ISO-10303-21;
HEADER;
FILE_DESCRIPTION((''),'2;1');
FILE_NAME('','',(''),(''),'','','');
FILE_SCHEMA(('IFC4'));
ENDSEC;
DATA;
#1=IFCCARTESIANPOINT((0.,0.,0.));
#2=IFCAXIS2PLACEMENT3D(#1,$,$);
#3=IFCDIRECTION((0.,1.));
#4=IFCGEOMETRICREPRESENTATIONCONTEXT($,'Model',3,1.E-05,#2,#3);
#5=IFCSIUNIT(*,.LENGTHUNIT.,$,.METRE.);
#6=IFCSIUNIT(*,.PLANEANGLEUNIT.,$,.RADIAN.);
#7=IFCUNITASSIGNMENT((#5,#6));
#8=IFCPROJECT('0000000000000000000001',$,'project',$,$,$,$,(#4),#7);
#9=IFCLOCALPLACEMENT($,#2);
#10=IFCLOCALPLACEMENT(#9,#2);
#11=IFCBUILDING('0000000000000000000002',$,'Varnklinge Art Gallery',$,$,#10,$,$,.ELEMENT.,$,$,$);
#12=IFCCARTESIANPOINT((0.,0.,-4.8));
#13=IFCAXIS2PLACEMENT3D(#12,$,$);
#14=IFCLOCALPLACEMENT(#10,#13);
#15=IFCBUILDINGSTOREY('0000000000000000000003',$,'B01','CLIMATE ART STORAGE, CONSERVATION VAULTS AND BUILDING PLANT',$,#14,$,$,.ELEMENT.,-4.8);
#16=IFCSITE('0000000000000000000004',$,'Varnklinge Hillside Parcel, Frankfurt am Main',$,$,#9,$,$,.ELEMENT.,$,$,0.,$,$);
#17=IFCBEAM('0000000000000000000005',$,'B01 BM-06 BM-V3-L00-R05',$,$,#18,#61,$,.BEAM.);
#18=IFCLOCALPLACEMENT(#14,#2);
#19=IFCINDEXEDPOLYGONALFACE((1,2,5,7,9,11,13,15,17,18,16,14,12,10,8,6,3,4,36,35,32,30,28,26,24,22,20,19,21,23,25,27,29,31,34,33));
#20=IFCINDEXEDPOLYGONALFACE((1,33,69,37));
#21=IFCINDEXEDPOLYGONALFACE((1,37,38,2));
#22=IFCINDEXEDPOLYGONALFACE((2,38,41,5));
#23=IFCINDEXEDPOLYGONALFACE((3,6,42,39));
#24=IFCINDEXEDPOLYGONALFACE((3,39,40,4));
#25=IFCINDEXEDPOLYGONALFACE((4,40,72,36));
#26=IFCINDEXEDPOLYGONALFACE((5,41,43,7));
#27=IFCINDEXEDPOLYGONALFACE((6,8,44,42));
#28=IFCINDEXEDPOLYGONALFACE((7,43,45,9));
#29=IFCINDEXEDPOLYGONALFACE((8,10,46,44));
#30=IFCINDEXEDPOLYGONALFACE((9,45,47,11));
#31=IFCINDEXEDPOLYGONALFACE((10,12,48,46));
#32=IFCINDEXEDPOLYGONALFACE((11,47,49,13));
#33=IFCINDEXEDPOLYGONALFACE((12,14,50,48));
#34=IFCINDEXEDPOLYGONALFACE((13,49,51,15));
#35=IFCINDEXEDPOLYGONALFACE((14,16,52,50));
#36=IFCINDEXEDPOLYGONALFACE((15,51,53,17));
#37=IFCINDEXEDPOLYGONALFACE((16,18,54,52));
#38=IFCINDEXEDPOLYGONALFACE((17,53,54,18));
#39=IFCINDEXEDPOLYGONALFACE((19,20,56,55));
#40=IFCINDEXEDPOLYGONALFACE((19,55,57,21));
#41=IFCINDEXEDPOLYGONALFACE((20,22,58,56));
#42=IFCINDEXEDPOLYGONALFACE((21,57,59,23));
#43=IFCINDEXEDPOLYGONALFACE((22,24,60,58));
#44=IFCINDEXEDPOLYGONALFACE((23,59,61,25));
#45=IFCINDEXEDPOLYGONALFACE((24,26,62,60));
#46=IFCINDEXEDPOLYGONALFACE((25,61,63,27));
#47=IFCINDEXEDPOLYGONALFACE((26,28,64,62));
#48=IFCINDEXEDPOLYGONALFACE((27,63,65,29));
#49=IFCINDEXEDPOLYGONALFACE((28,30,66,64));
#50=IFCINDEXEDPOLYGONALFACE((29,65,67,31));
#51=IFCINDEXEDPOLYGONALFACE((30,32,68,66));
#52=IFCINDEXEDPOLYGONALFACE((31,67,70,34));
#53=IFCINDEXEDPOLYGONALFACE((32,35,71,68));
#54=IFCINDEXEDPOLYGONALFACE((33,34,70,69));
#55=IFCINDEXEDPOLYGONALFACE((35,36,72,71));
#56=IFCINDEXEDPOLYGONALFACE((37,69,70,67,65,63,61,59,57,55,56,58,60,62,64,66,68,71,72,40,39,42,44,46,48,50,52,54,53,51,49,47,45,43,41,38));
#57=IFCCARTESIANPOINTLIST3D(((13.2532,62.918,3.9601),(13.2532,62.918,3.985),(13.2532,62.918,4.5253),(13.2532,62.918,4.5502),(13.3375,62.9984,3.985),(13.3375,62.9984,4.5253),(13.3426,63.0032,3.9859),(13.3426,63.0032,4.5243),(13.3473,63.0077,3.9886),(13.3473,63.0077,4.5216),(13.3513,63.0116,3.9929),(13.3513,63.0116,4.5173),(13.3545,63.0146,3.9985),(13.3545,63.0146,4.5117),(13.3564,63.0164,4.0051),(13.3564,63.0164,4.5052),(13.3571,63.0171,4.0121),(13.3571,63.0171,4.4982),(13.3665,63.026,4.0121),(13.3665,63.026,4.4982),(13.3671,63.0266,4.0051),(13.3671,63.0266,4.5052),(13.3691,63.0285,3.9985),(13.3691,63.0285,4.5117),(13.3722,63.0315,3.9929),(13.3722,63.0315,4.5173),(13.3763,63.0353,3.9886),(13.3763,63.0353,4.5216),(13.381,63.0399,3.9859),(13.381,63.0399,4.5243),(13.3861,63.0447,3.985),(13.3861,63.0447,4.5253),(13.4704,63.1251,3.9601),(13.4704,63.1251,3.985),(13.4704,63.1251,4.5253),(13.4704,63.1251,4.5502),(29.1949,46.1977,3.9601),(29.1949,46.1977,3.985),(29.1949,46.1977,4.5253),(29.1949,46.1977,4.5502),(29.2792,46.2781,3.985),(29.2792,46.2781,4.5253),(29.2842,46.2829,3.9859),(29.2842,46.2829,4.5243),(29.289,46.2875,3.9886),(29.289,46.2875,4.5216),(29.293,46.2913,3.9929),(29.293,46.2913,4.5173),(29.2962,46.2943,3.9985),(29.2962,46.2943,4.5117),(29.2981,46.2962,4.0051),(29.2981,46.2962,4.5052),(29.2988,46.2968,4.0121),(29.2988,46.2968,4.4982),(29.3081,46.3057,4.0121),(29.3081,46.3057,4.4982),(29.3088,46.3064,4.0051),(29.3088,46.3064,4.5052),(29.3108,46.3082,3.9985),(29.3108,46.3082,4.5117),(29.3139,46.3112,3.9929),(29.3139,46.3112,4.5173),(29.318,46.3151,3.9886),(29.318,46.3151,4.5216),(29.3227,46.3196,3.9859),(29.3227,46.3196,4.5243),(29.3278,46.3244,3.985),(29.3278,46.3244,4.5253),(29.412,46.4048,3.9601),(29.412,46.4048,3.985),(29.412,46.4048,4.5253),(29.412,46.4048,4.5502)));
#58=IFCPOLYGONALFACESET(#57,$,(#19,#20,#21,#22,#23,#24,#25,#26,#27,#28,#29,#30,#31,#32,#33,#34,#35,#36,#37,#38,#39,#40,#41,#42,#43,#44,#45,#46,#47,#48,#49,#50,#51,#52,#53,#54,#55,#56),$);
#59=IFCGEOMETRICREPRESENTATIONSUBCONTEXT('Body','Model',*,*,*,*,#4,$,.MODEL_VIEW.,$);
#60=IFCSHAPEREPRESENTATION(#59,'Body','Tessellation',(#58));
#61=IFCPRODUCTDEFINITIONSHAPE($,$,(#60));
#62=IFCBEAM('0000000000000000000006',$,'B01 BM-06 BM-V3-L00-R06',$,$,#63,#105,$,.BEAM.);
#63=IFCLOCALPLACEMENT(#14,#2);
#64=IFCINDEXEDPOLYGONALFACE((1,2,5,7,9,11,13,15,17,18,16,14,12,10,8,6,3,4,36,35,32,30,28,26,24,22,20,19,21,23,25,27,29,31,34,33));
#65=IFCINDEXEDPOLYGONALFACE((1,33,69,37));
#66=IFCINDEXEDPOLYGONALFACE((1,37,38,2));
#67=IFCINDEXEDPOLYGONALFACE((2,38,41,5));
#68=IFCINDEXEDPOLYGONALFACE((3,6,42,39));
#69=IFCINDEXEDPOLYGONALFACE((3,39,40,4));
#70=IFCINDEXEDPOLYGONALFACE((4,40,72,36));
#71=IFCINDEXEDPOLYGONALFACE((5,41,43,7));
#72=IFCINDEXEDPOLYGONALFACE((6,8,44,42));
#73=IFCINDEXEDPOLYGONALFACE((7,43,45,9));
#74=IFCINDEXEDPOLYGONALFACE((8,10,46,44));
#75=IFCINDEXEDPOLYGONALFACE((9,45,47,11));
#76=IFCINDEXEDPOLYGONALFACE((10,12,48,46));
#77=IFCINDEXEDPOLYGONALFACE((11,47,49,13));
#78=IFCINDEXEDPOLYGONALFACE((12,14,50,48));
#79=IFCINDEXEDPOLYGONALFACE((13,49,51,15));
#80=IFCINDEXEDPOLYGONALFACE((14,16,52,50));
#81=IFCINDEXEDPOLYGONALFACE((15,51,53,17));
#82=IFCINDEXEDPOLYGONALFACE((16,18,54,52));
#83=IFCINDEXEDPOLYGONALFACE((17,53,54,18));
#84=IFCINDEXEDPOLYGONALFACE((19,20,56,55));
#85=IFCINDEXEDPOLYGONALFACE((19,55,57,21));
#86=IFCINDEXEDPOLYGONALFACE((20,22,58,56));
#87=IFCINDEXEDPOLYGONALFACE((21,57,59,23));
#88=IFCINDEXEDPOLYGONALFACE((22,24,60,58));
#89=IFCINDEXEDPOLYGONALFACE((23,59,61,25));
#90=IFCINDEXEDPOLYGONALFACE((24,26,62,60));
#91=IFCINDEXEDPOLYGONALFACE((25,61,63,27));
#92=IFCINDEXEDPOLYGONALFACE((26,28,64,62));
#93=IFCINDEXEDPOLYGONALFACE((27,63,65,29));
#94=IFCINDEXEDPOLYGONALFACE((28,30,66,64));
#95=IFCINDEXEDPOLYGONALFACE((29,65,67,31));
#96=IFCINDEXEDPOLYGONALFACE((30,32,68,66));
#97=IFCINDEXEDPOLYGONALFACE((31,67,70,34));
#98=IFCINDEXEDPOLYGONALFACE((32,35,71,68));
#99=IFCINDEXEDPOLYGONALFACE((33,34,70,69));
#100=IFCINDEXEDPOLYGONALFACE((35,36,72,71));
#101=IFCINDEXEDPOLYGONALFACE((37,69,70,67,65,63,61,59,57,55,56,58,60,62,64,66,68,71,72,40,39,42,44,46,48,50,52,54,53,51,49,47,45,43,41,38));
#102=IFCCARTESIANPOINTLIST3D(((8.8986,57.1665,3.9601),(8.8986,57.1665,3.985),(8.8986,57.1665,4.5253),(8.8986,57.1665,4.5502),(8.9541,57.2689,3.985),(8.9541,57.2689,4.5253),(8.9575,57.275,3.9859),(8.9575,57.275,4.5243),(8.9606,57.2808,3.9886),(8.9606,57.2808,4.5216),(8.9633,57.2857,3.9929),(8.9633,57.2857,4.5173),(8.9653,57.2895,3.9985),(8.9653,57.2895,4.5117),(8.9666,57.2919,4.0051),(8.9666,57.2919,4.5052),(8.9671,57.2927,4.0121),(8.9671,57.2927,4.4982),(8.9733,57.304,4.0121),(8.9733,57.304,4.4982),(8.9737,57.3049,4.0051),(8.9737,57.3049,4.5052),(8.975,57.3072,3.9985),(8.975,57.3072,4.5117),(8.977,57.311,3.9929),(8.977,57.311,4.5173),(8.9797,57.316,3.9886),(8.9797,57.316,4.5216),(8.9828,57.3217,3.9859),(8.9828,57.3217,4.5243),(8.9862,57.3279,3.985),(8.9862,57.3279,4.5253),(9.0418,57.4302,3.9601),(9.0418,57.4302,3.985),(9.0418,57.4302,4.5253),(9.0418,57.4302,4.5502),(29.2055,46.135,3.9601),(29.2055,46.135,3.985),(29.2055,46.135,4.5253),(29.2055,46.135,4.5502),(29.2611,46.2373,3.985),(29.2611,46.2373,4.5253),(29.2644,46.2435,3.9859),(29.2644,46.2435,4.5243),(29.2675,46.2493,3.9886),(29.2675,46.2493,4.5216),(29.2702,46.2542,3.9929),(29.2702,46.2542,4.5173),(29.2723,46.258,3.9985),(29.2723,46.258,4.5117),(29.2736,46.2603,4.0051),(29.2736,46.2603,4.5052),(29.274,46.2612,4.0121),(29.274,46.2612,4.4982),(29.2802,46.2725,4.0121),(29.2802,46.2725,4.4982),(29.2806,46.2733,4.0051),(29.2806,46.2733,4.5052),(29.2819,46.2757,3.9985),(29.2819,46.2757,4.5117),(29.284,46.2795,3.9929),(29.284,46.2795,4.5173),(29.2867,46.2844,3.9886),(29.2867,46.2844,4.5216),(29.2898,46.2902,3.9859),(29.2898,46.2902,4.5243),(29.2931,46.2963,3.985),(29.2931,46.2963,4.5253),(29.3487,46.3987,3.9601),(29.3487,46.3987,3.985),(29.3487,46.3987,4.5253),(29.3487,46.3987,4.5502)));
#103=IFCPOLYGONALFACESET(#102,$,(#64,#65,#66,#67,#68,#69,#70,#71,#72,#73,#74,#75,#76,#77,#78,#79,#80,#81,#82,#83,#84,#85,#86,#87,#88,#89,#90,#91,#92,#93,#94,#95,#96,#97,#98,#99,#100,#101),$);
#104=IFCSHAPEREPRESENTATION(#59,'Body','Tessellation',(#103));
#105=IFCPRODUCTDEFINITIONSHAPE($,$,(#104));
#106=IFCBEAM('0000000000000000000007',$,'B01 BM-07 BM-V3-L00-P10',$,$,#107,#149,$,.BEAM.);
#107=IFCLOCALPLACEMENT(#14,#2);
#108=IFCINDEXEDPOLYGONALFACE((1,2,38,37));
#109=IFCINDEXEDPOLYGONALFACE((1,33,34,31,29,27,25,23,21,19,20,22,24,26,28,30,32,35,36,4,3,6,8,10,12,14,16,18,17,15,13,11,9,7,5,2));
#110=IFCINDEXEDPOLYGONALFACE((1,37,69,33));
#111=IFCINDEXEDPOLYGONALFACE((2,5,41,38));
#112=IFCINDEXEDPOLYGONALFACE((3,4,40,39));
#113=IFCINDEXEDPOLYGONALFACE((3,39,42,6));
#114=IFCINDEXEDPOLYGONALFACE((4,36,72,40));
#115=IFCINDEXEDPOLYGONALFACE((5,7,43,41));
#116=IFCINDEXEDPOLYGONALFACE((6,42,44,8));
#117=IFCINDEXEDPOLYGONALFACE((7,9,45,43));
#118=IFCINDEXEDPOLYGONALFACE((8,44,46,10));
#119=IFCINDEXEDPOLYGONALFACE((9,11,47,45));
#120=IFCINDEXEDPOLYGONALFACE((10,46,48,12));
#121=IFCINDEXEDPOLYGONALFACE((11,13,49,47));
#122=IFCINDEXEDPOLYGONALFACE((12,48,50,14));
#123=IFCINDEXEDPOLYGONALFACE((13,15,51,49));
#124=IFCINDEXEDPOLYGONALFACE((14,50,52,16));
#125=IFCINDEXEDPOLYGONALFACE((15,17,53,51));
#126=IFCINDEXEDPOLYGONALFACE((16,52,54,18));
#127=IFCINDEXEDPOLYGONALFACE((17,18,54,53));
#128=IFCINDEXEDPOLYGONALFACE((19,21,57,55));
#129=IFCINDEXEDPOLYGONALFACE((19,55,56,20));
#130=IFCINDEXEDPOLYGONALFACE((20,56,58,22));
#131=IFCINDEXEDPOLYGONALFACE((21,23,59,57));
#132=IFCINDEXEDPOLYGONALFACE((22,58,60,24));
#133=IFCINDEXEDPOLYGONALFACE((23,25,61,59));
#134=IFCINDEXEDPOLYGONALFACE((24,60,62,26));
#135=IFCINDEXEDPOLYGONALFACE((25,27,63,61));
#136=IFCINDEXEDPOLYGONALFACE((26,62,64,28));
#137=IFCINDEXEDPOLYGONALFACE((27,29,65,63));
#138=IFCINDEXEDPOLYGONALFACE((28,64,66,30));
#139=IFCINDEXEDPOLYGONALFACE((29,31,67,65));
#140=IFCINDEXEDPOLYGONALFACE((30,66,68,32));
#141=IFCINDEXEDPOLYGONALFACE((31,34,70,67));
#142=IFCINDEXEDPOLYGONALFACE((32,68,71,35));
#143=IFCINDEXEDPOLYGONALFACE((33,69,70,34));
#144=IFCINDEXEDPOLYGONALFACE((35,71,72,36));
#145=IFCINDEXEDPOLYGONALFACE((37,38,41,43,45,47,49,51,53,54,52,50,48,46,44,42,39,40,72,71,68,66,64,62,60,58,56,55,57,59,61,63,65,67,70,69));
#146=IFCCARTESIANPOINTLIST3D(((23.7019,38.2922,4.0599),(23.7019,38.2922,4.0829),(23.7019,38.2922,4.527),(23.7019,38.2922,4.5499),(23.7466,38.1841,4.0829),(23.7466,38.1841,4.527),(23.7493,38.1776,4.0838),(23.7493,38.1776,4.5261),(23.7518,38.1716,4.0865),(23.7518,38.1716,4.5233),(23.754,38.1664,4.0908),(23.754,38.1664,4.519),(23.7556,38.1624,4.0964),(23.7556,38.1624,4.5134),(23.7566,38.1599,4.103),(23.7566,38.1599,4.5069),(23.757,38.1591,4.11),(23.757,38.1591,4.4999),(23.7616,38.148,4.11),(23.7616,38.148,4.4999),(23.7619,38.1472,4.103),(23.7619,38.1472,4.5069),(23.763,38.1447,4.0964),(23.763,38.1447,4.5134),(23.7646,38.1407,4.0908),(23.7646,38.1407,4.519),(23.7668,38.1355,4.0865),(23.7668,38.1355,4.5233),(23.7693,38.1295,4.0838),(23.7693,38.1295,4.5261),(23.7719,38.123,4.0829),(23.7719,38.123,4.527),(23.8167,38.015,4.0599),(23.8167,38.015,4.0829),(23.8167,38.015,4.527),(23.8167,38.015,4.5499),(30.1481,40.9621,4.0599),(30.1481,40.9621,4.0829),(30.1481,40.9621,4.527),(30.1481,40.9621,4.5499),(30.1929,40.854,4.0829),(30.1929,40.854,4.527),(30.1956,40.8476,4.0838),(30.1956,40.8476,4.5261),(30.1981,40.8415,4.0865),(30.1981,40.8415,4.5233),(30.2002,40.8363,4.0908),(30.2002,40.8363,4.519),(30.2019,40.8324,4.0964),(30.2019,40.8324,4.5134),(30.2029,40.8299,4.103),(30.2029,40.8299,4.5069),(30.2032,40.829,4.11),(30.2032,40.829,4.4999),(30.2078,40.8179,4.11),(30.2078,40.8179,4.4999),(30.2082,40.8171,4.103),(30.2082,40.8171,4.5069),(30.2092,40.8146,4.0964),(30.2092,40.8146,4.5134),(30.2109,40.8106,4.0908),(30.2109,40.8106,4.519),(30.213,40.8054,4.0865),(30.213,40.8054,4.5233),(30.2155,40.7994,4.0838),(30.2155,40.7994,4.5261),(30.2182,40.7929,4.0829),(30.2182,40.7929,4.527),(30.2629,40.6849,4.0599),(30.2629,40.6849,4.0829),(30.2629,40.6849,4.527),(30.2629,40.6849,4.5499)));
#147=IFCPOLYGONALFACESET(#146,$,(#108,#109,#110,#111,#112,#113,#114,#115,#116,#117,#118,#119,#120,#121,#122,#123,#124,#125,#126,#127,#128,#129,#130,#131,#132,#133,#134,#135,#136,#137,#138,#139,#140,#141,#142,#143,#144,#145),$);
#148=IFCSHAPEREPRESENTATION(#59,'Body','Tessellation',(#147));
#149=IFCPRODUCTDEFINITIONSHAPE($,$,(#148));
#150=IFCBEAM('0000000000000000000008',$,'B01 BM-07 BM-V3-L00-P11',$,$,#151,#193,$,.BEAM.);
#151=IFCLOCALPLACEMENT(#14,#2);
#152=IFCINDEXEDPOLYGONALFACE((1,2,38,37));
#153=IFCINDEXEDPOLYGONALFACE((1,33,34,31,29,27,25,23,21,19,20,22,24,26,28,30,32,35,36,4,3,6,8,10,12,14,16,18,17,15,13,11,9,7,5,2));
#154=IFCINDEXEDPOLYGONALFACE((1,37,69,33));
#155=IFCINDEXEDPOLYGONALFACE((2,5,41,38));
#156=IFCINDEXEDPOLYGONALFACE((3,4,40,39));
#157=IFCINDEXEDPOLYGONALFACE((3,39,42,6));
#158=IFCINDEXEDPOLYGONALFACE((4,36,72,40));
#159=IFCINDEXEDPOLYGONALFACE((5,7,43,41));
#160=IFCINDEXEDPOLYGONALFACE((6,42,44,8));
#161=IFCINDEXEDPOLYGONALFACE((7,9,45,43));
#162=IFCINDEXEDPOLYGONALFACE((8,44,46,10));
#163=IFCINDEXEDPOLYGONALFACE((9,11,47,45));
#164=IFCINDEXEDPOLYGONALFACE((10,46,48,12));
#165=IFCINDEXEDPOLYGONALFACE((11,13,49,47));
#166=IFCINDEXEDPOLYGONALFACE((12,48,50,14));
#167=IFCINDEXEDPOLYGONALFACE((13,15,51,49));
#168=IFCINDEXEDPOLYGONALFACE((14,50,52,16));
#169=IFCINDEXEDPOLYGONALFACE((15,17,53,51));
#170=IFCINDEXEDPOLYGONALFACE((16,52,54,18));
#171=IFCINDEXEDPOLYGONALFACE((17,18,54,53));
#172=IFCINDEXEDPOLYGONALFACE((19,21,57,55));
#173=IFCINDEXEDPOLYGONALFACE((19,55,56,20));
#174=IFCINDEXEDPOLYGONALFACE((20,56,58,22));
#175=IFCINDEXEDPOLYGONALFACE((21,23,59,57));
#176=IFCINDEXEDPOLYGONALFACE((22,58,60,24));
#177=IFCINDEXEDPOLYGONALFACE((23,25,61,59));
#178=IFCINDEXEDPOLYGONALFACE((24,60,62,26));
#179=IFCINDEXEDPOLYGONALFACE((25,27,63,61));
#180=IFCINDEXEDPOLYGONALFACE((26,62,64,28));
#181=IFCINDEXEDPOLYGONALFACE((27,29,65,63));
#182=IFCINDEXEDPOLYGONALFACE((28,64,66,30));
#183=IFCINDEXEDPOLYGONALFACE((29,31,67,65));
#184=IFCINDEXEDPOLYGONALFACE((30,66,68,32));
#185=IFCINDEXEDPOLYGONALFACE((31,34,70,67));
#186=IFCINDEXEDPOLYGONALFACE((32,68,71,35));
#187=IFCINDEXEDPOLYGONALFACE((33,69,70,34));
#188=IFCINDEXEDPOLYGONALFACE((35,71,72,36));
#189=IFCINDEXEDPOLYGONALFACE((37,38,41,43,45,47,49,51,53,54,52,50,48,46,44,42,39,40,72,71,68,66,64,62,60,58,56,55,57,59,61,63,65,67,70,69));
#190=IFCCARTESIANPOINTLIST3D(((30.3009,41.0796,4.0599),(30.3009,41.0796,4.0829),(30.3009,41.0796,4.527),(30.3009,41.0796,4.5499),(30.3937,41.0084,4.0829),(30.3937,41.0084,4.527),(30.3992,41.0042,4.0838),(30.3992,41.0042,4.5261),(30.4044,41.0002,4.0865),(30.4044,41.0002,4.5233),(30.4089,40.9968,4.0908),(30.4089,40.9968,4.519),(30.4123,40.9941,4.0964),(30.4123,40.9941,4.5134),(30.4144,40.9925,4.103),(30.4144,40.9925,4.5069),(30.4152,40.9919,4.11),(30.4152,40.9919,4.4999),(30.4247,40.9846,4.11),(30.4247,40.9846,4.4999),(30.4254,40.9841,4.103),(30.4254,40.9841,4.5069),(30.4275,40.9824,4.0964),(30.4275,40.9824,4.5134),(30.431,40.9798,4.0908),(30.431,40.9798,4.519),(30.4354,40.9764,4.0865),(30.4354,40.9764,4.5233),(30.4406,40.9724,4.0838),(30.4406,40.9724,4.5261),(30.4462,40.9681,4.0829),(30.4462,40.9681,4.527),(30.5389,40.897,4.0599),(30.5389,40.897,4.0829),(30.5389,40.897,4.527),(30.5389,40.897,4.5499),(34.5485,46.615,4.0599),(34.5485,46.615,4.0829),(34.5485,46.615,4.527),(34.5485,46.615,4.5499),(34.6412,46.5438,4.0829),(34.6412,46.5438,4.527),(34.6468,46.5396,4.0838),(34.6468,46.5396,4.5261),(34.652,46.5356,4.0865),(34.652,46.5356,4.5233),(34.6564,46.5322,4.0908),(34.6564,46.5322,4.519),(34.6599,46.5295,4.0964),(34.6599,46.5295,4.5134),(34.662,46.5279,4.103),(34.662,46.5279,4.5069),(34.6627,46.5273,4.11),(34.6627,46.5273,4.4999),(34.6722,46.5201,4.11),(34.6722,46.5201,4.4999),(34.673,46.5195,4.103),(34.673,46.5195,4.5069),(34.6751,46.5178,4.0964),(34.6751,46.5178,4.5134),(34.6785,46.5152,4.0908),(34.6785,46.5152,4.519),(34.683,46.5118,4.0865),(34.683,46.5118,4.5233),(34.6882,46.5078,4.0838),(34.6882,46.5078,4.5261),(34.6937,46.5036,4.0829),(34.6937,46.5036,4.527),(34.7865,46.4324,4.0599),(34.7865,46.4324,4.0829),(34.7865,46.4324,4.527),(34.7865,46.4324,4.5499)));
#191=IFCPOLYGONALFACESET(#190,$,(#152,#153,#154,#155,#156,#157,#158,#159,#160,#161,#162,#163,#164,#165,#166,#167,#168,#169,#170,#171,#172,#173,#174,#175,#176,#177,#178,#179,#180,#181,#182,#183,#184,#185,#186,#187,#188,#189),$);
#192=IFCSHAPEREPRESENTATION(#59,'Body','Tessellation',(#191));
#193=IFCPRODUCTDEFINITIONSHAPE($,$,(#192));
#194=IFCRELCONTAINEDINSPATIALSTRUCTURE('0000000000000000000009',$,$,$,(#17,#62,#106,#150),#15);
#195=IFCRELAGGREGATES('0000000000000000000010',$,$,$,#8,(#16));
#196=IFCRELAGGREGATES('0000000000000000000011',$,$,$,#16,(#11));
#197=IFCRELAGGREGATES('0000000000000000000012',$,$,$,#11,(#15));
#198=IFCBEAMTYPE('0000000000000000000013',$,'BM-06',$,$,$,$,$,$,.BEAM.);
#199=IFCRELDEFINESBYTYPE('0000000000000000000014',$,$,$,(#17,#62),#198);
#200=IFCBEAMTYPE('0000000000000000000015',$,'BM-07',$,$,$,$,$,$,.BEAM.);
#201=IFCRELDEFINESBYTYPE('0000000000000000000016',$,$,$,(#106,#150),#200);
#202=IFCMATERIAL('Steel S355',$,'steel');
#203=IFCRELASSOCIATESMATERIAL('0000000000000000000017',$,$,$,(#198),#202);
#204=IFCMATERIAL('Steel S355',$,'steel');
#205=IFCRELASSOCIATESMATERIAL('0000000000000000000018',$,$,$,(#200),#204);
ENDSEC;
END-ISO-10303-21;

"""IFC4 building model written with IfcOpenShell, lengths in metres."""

from ifc_helpers import new_model, si_unit, direction, frame, origin, origin_2d, place, context, subcontext, project, spatial, i_section, extrude, material, material_profile, profile_set, type_object, element, save


model = new_model("IFC4")

# Units and contexts
model_context = context("Model", 3, precision=1e-05, world=origin(), true_north=direction((0.0, 1.0)))
body_context = subcontext(model_context, "Body", "Model", "MODEL_VIEW")
ifc_project = project(units=[si_unit("LENGTHUNIT", "METRE"), si_unit("PLANEANGLEUNIT", "RADIAN")], contexts=[model_context])

# Site, building, storey
site_placement = place(None, origin())
site = spatial("IfcSite", under=ifc_project, at=site_placement, Name="Varnklinge Hillside Parcel, Frankfurt am Main", CompositionType="ELEMENT", RefElevation=0.0)
building_placement = place(site_placement, origin())
building = spatial("IfcBuilding", under=site, at=building_placement, Name="Varnklinge Art Gallery", CompositionType="ELEMENT")
storey_placement = place(building_placement, frame((0.0, 0.0, -4.8)))
storey = spatial("IfcBuildingStorey", under=building, at=storey_placement, Name="B01", Description="CLIMATE ART STORAGE, CONSERVATION VAULTS AND BUILDING PLANT", CompositionType="ELEMENT", Elevation=-4.8)

# Beams
ifc_material_1 = material(Name="Steel S355", Category="steel")
ifc_material_profile_1 = material_profile(ifc_material_1, i_section(OverallWidth=0.3, OverallDepth=0.5901, WebThickness=0.0129, FlangeThickness=0.0249, FilletRadius=0.0271, at=origin_2d()), Name="HEA 600")
ifc_profile_set_1 = profile_set([ifc_material_profile_1], Name="Steel S355")
beam_type_1 = type_object("IfcBeamType", Name="BM-06", PredefinedType="BEAM", material=ifc_profile_set_1)
beam_1_placement = place(storey_placement, frame((29.3035, 46.3013, 4.2551), z_axis=(-0.690055, 0.723757, 0.0), x_axis=(-0.723757, -0.690055, 0.0)))
element("IfcBeam", 1, at=beam_1_placement, inside=storey, type_object=beam_type_1, Name="B01 BM-06 BM-V3-L00-R05", PredefinedType="BEAM", context=body_context, shape_type="SweptSolid", body=[
    extrude(i_section(OverallWidth=0.3, OverallDepth=0.5901, WebThickness=0.0129, FlangeThickness=0.0249, FilletRadius=0.0271, at=origin_2d()), origin(), (0.0, 0.0, 1.0), 23.1021),
])
beam_2_placement = place(storey_placement, frame((29.2771, 46.2668, 4.2551), z_axis=(-0.878713, 0.477351, 0.0), x_axis=(-0.477351, -0.878713, 0.0)))
element("IfcBeam", 2, at=beam_2_placement, inside=storey, type_object=beam_type_1, Name="B01 BM-06 BM-V3-L00-R06", PredefinedType="BEAM", context=body_context, shape_type="SweptSolid", body=[
    extrude(i_section(OverallWidth=0.3, OverallDepth=0.5901, WebThickness=0.0129, FlangeThickness=0.0249, FilletRadius=0.0271, at=origin_2d()), origin(), (0.0, 0.0, 1.0), 23.1099),
])
ifc_material_2 = material(Name="Steel S355", Category="steel")
ifc_material_profile_2 = material_profile(ifc_material_2, i_section(OverallWidth=0.3, OverallDepth=0.49, WebThickness=0.012, FlangeThickness=0.0229, FilletRadius=0.0271, at=origin_2d()), Name="HEA 500")
ifc_profile_set_2 = profile_set([ifc_material_profile_2], Name="Steel S355")
beam_type_2 = type_object("IfcBeamType", Name="BM-07", PredefinedType="BEAM", material=ifc_profile_set_2)
for number, where, z_axis, x_axis, name in (
    (3, (23.7593, 38.1536, 4.3049), (0.923891, 0.382657, 0.0), (-0.382657, 0.923891, 0.0), "B01 BM-07 BM-V3-L00-P10"),
    (4, (30.4199, 40.9883, 4.3049), (0.60877, 0.793347, 0.0), (-0.793347, 0.60877, 0.0), "B01 BM-07 BM-V3-L00-P11"),
):
    element("IfcBeam", number, at=place(storey_placement, frame(where, z_axis=z_axis, x_axis=x_axis)), inside=storey, type_object=beam_type_2, Name=name, PredefinedType="BEAM", context=body_context, shape_type="SweptSolid", body=[
        extrude(i_section(OverallWidth=0.3, OverallDepth=0.49, WebThickness=0.012, FlangeThickness=0.0229, FilletRadius=0.0271, at=origin_2d()), origin(), (0.0, 0.0, 1.0), 6.9773),
    ])

save(model, "model.ifc")
